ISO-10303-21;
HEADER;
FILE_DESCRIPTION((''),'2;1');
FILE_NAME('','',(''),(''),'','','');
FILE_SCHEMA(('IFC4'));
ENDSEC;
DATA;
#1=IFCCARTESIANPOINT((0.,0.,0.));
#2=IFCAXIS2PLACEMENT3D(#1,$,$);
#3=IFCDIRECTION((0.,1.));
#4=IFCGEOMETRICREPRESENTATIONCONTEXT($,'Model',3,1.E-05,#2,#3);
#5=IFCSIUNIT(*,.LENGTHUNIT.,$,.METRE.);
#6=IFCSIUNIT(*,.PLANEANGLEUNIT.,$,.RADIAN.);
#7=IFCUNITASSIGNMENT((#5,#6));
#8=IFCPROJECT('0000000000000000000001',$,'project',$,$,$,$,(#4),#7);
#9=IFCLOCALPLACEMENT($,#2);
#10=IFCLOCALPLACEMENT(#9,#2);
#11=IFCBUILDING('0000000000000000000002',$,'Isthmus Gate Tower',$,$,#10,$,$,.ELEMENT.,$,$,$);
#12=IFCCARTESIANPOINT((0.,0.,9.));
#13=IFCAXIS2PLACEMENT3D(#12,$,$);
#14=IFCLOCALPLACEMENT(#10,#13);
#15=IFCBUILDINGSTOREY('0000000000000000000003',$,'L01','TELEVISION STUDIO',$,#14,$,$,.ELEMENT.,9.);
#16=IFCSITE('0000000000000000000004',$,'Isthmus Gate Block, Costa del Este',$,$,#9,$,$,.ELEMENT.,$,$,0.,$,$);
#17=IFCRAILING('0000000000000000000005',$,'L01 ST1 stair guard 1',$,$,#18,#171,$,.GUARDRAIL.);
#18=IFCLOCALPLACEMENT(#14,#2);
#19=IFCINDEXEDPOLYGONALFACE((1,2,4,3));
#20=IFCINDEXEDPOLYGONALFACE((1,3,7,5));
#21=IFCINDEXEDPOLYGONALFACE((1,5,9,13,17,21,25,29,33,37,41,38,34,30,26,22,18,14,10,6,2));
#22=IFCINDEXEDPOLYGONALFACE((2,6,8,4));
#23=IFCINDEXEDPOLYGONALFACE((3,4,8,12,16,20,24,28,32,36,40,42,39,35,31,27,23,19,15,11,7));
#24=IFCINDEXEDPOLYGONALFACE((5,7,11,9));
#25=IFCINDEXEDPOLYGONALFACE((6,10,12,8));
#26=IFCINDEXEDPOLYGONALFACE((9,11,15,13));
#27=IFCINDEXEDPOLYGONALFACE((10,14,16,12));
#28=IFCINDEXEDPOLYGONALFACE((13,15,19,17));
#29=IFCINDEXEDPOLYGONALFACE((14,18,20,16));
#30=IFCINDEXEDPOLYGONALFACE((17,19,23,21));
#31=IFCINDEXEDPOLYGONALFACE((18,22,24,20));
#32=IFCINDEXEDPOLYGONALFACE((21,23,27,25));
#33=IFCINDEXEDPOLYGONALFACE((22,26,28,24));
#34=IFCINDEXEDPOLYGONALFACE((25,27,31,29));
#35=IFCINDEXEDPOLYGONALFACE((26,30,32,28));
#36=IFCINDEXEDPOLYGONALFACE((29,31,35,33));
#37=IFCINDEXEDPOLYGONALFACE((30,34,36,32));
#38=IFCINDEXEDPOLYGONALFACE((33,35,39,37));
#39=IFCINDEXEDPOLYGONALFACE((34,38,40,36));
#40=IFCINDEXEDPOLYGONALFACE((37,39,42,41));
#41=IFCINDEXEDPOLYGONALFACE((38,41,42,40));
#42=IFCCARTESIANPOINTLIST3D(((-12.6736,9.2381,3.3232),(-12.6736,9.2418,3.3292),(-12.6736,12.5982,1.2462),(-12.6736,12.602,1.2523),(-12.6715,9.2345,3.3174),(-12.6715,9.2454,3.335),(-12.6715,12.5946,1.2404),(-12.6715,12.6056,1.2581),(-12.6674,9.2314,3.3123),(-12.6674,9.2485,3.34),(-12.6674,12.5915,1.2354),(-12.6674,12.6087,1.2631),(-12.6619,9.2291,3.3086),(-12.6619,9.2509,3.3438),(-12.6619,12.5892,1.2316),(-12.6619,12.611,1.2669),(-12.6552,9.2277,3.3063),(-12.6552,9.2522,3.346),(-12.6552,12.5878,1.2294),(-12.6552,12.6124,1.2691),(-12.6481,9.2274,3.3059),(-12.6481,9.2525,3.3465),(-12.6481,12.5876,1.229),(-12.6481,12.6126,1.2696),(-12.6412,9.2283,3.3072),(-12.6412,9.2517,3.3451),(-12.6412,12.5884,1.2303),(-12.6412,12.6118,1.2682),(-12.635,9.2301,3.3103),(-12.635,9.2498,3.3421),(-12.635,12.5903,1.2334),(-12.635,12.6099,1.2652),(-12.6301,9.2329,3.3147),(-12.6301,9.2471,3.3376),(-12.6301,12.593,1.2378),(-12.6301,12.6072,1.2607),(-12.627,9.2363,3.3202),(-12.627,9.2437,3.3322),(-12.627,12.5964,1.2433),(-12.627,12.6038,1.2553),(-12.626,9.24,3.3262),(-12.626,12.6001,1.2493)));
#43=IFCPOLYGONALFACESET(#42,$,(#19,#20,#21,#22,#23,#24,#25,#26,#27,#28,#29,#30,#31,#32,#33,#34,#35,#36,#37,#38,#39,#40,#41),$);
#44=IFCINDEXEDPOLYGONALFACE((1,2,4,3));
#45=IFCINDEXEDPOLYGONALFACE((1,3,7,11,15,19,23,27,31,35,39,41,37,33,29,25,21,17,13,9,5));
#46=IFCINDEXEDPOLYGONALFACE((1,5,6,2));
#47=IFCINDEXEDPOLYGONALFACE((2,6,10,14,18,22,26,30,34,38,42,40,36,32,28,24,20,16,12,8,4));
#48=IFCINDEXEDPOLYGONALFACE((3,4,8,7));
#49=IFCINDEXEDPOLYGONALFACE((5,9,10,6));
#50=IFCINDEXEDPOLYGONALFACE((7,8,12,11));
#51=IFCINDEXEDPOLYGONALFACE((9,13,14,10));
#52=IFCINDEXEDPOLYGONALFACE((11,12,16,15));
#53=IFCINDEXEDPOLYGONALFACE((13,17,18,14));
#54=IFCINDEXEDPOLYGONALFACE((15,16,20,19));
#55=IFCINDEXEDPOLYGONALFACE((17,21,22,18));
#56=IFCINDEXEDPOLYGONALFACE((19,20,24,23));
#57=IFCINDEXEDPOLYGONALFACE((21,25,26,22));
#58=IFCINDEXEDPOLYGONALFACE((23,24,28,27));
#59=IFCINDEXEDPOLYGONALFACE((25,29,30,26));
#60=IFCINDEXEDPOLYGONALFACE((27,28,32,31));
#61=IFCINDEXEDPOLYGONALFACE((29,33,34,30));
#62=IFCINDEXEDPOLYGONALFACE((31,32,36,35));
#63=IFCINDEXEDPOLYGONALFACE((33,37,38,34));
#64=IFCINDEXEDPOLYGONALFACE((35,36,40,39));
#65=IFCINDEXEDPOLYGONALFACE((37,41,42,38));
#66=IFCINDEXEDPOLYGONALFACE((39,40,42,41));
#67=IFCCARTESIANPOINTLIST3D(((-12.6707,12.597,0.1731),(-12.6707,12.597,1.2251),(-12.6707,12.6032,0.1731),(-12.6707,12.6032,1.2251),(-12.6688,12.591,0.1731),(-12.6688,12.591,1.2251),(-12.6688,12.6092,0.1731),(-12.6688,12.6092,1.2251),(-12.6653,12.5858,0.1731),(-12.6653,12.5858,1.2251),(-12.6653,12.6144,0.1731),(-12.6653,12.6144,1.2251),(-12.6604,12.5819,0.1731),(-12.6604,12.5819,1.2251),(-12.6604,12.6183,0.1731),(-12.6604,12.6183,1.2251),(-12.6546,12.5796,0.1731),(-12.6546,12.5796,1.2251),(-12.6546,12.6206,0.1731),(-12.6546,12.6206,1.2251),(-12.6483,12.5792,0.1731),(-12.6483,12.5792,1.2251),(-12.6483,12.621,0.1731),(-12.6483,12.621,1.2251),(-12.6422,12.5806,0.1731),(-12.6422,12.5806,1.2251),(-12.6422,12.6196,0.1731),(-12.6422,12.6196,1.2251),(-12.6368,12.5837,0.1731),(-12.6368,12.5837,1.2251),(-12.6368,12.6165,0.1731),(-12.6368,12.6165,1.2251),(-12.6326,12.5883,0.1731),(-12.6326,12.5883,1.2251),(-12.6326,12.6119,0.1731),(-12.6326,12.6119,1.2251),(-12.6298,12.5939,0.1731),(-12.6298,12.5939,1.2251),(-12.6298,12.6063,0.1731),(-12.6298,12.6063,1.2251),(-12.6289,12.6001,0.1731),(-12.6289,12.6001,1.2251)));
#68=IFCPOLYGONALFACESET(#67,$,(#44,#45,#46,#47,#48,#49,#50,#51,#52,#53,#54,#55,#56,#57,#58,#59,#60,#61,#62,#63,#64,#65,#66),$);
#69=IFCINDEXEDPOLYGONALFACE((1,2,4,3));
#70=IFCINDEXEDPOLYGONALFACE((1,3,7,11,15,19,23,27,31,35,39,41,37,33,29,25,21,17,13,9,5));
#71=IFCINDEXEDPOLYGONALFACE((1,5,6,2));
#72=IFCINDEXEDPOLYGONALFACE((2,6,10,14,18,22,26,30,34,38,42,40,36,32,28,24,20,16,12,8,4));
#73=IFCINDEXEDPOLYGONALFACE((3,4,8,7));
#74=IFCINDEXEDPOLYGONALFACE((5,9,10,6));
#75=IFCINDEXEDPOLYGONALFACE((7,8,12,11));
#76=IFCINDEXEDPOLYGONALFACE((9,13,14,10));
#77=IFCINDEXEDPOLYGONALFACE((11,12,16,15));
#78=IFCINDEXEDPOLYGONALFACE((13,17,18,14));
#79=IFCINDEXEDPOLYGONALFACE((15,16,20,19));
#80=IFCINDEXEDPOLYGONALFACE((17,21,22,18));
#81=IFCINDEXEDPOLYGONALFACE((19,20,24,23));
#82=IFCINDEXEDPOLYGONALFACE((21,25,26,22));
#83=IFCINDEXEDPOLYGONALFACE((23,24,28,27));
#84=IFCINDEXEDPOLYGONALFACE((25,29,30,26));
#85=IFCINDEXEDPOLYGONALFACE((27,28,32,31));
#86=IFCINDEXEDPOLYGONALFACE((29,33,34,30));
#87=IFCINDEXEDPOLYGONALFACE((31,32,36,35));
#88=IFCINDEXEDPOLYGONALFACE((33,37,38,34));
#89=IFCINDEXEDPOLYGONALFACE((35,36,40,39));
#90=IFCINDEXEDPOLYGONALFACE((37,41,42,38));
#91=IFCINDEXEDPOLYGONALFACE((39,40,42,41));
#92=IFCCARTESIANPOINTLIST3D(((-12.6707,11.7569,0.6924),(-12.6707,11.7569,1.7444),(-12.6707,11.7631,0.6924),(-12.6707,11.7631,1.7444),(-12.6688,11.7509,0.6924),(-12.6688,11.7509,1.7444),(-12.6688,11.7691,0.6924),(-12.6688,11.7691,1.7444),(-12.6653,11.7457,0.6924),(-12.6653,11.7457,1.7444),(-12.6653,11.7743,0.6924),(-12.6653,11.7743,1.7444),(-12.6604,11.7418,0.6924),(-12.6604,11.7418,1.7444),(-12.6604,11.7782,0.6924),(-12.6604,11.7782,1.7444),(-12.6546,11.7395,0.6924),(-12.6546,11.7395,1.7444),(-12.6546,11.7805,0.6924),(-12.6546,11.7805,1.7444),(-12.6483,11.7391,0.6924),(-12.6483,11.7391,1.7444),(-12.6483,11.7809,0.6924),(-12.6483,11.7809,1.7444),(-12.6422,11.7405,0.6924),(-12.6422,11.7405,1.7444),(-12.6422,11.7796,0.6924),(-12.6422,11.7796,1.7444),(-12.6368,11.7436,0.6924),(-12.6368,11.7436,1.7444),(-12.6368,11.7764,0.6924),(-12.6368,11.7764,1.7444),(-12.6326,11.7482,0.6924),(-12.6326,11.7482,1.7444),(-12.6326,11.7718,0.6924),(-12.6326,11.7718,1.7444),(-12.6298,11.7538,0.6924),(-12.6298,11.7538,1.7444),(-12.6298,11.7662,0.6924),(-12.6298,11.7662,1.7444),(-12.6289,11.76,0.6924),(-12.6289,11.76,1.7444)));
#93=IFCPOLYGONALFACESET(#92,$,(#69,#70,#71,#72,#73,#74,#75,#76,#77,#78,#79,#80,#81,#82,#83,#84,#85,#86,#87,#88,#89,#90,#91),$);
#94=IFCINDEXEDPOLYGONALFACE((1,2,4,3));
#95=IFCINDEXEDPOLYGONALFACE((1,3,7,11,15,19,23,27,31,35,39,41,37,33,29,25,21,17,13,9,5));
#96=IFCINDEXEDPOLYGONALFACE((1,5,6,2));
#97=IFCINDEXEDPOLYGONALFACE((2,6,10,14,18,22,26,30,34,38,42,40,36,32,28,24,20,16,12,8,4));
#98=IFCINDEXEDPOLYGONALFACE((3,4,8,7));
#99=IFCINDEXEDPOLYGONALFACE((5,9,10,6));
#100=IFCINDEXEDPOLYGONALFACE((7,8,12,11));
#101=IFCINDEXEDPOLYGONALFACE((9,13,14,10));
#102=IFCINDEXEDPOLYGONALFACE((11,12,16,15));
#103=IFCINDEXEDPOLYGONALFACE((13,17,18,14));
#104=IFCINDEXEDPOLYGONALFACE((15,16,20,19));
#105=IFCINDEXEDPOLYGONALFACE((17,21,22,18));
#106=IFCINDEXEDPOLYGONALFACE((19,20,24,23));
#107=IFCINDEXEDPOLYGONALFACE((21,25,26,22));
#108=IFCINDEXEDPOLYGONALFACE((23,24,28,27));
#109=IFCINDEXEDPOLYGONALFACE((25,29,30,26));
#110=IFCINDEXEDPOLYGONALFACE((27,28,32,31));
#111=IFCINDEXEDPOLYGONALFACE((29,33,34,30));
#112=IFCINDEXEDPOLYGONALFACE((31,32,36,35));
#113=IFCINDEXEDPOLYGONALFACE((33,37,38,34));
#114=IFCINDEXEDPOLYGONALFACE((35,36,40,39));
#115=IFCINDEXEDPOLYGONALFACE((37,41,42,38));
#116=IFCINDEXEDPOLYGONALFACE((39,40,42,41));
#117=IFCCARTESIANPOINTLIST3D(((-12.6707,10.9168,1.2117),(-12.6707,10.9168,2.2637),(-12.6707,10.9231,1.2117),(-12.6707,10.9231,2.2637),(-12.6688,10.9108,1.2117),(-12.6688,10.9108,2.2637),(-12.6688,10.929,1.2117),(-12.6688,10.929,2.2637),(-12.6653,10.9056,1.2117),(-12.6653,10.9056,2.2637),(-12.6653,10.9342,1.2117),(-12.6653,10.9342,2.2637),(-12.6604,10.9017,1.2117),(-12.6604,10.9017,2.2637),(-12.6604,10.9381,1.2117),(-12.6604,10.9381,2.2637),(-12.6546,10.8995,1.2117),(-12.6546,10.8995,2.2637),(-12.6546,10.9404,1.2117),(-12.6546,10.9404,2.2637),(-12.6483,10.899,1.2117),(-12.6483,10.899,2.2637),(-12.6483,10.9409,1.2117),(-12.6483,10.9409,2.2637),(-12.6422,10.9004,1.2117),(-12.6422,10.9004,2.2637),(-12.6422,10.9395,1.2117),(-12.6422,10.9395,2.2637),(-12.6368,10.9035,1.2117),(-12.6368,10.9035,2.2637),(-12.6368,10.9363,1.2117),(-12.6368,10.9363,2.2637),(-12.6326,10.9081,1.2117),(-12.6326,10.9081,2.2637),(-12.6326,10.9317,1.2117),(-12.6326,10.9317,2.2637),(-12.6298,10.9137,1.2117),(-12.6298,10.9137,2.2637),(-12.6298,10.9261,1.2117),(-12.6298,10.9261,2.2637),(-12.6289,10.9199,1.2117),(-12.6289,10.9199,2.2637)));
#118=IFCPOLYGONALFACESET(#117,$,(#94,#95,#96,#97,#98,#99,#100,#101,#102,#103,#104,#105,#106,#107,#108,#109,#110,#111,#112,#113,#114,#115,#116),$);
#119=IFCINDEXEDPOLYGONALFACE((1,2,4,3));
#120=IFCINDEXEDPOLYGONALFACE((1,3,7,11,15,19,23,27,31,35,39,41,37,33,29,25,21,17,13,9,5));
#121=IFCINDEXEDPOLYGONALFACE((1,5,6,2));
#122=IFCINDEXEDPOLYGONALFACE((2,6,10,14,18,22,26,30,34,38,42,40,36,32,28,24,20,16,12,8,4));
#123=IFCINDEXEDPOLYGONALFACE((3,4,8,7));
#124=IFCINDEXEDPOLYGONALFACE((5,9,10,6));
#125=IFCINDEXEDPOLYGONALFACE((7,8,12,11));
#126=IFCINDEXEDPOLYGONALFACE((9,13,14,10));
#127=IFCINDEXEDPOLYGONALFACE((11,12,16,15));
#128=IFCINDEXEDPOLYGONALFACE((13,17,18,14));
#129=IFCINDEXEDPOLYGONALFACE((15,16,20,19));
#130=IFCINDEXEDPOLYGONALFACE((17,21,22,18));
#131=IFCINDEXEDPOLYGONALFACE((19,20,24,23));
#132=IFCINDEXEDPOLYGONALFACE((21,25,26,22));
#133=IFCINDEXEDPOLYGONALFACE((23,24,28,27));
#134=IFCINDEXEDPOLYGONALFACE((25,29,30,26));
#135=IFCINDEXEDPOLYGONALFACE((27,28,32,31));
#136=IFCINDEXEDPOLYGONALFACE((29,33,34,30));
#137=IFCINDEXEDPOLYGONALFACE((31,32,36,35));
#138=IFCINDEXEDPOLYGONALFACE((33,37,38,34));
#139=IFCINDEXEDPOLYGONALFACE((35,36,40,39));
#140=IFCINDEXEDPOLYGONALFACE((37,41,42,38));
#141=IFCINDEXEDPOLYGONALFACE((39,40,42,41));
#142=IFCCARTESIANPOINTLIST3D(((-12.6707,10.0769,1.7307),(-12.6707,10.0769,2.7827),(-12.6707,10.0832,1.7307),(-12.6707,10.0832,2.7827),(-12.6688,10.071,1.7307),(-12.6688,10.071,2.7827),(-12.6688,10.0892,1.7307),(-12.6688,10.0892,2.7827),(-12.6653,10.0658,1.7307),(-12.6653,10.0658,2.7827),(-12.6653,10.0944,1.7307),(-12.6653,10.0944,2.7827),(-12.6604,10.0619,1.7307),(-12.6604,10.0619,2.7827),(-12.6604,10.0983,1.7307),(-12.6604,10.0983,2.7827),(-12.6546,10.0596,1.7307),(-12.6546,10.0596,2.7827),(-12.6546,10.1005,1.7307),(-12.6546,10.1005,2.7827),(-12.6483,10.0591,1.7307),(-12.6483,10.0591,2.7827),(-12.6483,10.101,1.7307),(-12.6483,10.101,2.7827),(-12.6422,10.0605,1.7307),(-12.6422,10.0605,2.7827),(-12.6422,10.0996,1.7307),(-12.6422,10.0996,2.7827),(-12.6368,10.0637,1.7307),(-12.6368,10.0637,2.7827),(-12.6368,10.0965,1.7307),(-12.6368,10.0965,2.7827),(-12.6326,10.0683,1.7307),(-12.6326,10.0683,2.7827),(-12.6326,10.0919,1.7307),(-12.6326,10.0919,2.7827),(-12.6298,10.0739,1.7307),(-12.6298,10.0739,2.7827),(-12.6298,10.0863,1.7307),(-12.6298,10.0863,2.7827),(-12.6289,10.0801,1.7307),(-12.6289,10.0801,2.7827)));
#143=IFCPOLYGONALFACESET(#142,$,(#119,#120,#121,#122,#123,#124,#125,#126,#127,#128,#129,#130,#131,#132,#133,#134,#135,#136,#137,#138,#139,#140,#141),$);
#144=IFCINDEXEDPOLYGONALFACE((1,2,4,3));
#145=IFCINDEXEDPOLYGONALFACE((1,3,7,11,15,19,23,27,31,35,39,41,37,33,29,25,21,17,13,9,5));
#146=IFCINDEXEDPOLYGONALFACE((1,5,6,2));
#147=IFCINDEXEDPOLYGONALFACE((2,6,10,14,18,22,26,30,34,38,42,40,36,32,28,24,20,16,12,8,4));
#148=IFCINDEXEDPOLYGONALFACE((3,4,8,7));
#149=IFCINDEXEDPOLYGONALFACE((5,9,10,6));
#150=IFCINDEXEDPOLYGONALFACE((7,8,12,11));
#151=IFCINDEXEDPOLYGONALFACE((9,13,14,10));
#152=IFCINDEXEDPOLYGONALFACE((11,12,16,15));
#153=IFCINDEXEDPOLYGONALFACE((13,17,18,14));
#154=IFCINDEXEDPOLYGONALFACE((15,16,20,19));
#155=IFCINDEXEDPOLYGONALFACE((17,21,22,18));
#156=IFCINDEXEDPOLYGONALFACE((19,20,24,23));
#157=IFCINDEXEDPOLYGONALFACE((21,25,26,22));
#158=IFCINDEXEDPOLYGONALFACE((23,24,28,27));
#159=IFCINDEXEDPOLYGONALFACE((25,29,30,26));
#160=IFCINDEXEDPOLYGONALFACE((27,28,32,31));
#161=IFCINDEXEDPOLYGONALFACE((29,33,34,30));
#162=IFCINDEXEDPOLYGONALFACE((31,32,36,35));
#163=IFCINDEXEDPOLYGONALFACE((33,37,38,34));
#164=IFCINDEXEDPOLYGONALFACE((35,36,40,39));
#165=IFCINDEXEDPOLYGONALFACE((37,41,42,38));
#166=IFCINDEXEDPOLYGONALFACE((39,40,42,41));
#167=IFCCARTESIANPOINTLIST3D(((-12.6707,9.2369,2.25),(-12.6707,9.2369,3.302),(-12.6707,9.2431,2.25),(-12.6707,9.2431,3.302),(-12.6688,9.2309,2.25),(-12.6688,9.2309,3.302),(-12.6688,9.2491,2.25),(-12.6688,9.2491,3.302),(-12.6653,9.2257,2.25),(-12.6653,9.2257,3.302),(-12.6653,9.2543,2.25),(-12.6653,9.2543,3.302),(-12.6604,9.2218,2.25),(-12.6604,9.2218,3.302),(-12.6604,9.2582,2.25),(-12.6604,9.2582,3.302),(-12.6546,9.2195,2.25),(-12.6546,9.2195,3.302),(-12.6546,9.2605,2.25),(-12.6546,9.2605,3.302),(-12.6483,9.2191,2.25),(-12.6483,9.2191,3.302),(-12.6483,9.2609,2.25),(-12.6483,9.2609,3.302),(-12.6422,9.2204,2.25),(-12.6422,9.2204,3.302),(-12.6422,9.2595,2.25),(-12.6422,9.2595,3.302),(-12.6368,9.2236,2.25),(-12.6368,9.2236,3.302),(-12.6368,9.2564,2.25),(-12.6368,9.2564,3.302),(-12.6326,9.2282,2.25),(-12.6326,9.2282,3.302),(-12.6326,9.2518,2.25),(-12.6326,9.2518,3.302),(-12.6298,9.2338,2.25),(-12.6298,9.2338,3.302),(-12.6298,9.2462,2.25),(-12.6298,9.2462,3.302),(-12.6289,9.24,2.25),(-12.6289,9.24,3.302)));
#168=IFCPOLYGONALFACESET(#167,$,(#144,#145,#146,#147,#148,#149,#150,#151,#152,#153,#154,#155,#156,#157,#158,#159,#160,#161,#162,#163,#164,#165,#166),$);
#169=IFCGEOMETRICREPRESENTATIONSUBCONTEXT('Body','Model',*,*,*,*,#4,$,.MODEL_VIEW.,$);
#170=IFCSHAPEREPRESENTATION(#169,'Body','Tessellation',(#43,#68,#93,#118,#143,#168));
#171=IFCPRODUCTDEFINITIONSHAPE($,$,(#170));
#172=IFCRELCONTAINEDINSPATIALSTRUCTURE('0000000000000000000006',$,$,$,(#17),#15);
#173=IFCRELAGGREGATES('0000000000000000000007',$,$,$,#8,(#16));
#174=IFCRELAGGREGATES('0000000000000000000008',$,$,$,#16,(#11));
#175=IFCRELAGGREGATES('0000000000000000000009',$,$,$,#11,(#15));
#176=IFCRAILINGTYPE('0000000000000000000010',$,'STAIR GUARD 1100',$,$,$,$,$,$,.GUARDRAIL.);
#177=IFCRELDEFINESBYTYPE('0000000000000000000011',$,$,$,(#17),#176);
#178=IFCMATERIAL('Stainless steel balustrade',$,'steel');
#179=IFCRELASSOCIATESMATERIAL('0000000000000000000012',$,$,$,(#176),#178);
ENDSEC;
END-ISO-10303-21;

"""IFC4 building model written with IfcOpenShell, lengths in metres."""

from ifc_helpers import new_model, si_unit, direction, frame, origin, origin_2d, place, context, subcontext, project, spatial, circle, extrude, material, type_object, element, save


model = new_model("IFC4")

# Units and contexts
model_context = context("Model", 3, precision=1e-05, world=origin(), true_north=direction((0.0, 1.0)))
body_context = subcontext(model_context, "Body", "Model", "MODEL_VIEW")
ifc_project = project(units=[si_unit("LENGTHUNIT", "METRE"), si_unit("PLANEANGLEUNIT", "RADIAN")], contexts=[model_context])

# Site, building, storey
site_placement = place(None, origin())
site = spatial("IfcSite", under=ifc_project, at=site_placement, Name="Isthmus Gate Block, Costa del Este", CompositionType="ELEMENT", RefElevation=0.0)
building_placement = place(site_placement, origin())
building = spatial("IfcBuilding", under=site, at=building_placement, Name="Isthmus Gate Tower", CompositionType="ELEMENT")
storey_placement = place(building_placement, frame((0.0, 0.0, 9.0)))
storey = spatial("IfcBuildingStorey", under=building, at=storey_placement, Name="L01", Description="TELEVISION STUDIO", CompositionType="ELEMENT", Elevation=9.0)

# Railing
ifc_material_1 = material(Name="Stainless steel balustrade", Category="steel")
railing_type_1 = type_object("IfcRailingType", Name="STAIR GUARD 1100", PredefinedType="GUARDRAIL", material=ifc_material_1)
railing_1_placement = place(storey_placement, frame((-12.6499, 12.6001, 0.1731)))
element("IfcRailing", 1, at=railing_1_placement, inside=storey, type_object=railing_type_1, Name="L01 ST1 stair guard 1", PredefinedType="GUARDRAIL", context=body_context, shape_type="SweptSolid", body=[
    extrude(circle(Radius=0.0239, at=origin_2d()), frame((0.0, 0.0, 1.0762), z_axis=(0.0, -0.850623, 0.525776), x_axis=(1.0, 0.0, 0.0)), (0.0, 0.0, 1.0), 3.9502),
    extrude(circle(Radius=0.021, at=origin_2d()), origin(), (0.0, 0.0, 1.0), 1.052),
    extrude(circle(Radius=0.021, at=origin_2d()), frame((0.0, -0.8401, 0.5193)), (0.0, 0.0, 1.0), 1.052),
    extrude(circle(Radius=0.021, at=origin_2d()), frame((0.0, -1.6802, 1.0386)), (0.0, 0.0, 1.0), 1.052),
    extrude(circle(Radius=0.021, at=origin_2d()), frame((0.0, -2.52, 1.5576)), (0.0, 0.0, 1.0), 1.052),
    extrude(circle(Radius=0.021, at=origin_2d()), frame((0.0, -3.3601, 2.0769)), (0.0, 0.0, 1.0), 1.052),
])

save(model, "model.ifc")
